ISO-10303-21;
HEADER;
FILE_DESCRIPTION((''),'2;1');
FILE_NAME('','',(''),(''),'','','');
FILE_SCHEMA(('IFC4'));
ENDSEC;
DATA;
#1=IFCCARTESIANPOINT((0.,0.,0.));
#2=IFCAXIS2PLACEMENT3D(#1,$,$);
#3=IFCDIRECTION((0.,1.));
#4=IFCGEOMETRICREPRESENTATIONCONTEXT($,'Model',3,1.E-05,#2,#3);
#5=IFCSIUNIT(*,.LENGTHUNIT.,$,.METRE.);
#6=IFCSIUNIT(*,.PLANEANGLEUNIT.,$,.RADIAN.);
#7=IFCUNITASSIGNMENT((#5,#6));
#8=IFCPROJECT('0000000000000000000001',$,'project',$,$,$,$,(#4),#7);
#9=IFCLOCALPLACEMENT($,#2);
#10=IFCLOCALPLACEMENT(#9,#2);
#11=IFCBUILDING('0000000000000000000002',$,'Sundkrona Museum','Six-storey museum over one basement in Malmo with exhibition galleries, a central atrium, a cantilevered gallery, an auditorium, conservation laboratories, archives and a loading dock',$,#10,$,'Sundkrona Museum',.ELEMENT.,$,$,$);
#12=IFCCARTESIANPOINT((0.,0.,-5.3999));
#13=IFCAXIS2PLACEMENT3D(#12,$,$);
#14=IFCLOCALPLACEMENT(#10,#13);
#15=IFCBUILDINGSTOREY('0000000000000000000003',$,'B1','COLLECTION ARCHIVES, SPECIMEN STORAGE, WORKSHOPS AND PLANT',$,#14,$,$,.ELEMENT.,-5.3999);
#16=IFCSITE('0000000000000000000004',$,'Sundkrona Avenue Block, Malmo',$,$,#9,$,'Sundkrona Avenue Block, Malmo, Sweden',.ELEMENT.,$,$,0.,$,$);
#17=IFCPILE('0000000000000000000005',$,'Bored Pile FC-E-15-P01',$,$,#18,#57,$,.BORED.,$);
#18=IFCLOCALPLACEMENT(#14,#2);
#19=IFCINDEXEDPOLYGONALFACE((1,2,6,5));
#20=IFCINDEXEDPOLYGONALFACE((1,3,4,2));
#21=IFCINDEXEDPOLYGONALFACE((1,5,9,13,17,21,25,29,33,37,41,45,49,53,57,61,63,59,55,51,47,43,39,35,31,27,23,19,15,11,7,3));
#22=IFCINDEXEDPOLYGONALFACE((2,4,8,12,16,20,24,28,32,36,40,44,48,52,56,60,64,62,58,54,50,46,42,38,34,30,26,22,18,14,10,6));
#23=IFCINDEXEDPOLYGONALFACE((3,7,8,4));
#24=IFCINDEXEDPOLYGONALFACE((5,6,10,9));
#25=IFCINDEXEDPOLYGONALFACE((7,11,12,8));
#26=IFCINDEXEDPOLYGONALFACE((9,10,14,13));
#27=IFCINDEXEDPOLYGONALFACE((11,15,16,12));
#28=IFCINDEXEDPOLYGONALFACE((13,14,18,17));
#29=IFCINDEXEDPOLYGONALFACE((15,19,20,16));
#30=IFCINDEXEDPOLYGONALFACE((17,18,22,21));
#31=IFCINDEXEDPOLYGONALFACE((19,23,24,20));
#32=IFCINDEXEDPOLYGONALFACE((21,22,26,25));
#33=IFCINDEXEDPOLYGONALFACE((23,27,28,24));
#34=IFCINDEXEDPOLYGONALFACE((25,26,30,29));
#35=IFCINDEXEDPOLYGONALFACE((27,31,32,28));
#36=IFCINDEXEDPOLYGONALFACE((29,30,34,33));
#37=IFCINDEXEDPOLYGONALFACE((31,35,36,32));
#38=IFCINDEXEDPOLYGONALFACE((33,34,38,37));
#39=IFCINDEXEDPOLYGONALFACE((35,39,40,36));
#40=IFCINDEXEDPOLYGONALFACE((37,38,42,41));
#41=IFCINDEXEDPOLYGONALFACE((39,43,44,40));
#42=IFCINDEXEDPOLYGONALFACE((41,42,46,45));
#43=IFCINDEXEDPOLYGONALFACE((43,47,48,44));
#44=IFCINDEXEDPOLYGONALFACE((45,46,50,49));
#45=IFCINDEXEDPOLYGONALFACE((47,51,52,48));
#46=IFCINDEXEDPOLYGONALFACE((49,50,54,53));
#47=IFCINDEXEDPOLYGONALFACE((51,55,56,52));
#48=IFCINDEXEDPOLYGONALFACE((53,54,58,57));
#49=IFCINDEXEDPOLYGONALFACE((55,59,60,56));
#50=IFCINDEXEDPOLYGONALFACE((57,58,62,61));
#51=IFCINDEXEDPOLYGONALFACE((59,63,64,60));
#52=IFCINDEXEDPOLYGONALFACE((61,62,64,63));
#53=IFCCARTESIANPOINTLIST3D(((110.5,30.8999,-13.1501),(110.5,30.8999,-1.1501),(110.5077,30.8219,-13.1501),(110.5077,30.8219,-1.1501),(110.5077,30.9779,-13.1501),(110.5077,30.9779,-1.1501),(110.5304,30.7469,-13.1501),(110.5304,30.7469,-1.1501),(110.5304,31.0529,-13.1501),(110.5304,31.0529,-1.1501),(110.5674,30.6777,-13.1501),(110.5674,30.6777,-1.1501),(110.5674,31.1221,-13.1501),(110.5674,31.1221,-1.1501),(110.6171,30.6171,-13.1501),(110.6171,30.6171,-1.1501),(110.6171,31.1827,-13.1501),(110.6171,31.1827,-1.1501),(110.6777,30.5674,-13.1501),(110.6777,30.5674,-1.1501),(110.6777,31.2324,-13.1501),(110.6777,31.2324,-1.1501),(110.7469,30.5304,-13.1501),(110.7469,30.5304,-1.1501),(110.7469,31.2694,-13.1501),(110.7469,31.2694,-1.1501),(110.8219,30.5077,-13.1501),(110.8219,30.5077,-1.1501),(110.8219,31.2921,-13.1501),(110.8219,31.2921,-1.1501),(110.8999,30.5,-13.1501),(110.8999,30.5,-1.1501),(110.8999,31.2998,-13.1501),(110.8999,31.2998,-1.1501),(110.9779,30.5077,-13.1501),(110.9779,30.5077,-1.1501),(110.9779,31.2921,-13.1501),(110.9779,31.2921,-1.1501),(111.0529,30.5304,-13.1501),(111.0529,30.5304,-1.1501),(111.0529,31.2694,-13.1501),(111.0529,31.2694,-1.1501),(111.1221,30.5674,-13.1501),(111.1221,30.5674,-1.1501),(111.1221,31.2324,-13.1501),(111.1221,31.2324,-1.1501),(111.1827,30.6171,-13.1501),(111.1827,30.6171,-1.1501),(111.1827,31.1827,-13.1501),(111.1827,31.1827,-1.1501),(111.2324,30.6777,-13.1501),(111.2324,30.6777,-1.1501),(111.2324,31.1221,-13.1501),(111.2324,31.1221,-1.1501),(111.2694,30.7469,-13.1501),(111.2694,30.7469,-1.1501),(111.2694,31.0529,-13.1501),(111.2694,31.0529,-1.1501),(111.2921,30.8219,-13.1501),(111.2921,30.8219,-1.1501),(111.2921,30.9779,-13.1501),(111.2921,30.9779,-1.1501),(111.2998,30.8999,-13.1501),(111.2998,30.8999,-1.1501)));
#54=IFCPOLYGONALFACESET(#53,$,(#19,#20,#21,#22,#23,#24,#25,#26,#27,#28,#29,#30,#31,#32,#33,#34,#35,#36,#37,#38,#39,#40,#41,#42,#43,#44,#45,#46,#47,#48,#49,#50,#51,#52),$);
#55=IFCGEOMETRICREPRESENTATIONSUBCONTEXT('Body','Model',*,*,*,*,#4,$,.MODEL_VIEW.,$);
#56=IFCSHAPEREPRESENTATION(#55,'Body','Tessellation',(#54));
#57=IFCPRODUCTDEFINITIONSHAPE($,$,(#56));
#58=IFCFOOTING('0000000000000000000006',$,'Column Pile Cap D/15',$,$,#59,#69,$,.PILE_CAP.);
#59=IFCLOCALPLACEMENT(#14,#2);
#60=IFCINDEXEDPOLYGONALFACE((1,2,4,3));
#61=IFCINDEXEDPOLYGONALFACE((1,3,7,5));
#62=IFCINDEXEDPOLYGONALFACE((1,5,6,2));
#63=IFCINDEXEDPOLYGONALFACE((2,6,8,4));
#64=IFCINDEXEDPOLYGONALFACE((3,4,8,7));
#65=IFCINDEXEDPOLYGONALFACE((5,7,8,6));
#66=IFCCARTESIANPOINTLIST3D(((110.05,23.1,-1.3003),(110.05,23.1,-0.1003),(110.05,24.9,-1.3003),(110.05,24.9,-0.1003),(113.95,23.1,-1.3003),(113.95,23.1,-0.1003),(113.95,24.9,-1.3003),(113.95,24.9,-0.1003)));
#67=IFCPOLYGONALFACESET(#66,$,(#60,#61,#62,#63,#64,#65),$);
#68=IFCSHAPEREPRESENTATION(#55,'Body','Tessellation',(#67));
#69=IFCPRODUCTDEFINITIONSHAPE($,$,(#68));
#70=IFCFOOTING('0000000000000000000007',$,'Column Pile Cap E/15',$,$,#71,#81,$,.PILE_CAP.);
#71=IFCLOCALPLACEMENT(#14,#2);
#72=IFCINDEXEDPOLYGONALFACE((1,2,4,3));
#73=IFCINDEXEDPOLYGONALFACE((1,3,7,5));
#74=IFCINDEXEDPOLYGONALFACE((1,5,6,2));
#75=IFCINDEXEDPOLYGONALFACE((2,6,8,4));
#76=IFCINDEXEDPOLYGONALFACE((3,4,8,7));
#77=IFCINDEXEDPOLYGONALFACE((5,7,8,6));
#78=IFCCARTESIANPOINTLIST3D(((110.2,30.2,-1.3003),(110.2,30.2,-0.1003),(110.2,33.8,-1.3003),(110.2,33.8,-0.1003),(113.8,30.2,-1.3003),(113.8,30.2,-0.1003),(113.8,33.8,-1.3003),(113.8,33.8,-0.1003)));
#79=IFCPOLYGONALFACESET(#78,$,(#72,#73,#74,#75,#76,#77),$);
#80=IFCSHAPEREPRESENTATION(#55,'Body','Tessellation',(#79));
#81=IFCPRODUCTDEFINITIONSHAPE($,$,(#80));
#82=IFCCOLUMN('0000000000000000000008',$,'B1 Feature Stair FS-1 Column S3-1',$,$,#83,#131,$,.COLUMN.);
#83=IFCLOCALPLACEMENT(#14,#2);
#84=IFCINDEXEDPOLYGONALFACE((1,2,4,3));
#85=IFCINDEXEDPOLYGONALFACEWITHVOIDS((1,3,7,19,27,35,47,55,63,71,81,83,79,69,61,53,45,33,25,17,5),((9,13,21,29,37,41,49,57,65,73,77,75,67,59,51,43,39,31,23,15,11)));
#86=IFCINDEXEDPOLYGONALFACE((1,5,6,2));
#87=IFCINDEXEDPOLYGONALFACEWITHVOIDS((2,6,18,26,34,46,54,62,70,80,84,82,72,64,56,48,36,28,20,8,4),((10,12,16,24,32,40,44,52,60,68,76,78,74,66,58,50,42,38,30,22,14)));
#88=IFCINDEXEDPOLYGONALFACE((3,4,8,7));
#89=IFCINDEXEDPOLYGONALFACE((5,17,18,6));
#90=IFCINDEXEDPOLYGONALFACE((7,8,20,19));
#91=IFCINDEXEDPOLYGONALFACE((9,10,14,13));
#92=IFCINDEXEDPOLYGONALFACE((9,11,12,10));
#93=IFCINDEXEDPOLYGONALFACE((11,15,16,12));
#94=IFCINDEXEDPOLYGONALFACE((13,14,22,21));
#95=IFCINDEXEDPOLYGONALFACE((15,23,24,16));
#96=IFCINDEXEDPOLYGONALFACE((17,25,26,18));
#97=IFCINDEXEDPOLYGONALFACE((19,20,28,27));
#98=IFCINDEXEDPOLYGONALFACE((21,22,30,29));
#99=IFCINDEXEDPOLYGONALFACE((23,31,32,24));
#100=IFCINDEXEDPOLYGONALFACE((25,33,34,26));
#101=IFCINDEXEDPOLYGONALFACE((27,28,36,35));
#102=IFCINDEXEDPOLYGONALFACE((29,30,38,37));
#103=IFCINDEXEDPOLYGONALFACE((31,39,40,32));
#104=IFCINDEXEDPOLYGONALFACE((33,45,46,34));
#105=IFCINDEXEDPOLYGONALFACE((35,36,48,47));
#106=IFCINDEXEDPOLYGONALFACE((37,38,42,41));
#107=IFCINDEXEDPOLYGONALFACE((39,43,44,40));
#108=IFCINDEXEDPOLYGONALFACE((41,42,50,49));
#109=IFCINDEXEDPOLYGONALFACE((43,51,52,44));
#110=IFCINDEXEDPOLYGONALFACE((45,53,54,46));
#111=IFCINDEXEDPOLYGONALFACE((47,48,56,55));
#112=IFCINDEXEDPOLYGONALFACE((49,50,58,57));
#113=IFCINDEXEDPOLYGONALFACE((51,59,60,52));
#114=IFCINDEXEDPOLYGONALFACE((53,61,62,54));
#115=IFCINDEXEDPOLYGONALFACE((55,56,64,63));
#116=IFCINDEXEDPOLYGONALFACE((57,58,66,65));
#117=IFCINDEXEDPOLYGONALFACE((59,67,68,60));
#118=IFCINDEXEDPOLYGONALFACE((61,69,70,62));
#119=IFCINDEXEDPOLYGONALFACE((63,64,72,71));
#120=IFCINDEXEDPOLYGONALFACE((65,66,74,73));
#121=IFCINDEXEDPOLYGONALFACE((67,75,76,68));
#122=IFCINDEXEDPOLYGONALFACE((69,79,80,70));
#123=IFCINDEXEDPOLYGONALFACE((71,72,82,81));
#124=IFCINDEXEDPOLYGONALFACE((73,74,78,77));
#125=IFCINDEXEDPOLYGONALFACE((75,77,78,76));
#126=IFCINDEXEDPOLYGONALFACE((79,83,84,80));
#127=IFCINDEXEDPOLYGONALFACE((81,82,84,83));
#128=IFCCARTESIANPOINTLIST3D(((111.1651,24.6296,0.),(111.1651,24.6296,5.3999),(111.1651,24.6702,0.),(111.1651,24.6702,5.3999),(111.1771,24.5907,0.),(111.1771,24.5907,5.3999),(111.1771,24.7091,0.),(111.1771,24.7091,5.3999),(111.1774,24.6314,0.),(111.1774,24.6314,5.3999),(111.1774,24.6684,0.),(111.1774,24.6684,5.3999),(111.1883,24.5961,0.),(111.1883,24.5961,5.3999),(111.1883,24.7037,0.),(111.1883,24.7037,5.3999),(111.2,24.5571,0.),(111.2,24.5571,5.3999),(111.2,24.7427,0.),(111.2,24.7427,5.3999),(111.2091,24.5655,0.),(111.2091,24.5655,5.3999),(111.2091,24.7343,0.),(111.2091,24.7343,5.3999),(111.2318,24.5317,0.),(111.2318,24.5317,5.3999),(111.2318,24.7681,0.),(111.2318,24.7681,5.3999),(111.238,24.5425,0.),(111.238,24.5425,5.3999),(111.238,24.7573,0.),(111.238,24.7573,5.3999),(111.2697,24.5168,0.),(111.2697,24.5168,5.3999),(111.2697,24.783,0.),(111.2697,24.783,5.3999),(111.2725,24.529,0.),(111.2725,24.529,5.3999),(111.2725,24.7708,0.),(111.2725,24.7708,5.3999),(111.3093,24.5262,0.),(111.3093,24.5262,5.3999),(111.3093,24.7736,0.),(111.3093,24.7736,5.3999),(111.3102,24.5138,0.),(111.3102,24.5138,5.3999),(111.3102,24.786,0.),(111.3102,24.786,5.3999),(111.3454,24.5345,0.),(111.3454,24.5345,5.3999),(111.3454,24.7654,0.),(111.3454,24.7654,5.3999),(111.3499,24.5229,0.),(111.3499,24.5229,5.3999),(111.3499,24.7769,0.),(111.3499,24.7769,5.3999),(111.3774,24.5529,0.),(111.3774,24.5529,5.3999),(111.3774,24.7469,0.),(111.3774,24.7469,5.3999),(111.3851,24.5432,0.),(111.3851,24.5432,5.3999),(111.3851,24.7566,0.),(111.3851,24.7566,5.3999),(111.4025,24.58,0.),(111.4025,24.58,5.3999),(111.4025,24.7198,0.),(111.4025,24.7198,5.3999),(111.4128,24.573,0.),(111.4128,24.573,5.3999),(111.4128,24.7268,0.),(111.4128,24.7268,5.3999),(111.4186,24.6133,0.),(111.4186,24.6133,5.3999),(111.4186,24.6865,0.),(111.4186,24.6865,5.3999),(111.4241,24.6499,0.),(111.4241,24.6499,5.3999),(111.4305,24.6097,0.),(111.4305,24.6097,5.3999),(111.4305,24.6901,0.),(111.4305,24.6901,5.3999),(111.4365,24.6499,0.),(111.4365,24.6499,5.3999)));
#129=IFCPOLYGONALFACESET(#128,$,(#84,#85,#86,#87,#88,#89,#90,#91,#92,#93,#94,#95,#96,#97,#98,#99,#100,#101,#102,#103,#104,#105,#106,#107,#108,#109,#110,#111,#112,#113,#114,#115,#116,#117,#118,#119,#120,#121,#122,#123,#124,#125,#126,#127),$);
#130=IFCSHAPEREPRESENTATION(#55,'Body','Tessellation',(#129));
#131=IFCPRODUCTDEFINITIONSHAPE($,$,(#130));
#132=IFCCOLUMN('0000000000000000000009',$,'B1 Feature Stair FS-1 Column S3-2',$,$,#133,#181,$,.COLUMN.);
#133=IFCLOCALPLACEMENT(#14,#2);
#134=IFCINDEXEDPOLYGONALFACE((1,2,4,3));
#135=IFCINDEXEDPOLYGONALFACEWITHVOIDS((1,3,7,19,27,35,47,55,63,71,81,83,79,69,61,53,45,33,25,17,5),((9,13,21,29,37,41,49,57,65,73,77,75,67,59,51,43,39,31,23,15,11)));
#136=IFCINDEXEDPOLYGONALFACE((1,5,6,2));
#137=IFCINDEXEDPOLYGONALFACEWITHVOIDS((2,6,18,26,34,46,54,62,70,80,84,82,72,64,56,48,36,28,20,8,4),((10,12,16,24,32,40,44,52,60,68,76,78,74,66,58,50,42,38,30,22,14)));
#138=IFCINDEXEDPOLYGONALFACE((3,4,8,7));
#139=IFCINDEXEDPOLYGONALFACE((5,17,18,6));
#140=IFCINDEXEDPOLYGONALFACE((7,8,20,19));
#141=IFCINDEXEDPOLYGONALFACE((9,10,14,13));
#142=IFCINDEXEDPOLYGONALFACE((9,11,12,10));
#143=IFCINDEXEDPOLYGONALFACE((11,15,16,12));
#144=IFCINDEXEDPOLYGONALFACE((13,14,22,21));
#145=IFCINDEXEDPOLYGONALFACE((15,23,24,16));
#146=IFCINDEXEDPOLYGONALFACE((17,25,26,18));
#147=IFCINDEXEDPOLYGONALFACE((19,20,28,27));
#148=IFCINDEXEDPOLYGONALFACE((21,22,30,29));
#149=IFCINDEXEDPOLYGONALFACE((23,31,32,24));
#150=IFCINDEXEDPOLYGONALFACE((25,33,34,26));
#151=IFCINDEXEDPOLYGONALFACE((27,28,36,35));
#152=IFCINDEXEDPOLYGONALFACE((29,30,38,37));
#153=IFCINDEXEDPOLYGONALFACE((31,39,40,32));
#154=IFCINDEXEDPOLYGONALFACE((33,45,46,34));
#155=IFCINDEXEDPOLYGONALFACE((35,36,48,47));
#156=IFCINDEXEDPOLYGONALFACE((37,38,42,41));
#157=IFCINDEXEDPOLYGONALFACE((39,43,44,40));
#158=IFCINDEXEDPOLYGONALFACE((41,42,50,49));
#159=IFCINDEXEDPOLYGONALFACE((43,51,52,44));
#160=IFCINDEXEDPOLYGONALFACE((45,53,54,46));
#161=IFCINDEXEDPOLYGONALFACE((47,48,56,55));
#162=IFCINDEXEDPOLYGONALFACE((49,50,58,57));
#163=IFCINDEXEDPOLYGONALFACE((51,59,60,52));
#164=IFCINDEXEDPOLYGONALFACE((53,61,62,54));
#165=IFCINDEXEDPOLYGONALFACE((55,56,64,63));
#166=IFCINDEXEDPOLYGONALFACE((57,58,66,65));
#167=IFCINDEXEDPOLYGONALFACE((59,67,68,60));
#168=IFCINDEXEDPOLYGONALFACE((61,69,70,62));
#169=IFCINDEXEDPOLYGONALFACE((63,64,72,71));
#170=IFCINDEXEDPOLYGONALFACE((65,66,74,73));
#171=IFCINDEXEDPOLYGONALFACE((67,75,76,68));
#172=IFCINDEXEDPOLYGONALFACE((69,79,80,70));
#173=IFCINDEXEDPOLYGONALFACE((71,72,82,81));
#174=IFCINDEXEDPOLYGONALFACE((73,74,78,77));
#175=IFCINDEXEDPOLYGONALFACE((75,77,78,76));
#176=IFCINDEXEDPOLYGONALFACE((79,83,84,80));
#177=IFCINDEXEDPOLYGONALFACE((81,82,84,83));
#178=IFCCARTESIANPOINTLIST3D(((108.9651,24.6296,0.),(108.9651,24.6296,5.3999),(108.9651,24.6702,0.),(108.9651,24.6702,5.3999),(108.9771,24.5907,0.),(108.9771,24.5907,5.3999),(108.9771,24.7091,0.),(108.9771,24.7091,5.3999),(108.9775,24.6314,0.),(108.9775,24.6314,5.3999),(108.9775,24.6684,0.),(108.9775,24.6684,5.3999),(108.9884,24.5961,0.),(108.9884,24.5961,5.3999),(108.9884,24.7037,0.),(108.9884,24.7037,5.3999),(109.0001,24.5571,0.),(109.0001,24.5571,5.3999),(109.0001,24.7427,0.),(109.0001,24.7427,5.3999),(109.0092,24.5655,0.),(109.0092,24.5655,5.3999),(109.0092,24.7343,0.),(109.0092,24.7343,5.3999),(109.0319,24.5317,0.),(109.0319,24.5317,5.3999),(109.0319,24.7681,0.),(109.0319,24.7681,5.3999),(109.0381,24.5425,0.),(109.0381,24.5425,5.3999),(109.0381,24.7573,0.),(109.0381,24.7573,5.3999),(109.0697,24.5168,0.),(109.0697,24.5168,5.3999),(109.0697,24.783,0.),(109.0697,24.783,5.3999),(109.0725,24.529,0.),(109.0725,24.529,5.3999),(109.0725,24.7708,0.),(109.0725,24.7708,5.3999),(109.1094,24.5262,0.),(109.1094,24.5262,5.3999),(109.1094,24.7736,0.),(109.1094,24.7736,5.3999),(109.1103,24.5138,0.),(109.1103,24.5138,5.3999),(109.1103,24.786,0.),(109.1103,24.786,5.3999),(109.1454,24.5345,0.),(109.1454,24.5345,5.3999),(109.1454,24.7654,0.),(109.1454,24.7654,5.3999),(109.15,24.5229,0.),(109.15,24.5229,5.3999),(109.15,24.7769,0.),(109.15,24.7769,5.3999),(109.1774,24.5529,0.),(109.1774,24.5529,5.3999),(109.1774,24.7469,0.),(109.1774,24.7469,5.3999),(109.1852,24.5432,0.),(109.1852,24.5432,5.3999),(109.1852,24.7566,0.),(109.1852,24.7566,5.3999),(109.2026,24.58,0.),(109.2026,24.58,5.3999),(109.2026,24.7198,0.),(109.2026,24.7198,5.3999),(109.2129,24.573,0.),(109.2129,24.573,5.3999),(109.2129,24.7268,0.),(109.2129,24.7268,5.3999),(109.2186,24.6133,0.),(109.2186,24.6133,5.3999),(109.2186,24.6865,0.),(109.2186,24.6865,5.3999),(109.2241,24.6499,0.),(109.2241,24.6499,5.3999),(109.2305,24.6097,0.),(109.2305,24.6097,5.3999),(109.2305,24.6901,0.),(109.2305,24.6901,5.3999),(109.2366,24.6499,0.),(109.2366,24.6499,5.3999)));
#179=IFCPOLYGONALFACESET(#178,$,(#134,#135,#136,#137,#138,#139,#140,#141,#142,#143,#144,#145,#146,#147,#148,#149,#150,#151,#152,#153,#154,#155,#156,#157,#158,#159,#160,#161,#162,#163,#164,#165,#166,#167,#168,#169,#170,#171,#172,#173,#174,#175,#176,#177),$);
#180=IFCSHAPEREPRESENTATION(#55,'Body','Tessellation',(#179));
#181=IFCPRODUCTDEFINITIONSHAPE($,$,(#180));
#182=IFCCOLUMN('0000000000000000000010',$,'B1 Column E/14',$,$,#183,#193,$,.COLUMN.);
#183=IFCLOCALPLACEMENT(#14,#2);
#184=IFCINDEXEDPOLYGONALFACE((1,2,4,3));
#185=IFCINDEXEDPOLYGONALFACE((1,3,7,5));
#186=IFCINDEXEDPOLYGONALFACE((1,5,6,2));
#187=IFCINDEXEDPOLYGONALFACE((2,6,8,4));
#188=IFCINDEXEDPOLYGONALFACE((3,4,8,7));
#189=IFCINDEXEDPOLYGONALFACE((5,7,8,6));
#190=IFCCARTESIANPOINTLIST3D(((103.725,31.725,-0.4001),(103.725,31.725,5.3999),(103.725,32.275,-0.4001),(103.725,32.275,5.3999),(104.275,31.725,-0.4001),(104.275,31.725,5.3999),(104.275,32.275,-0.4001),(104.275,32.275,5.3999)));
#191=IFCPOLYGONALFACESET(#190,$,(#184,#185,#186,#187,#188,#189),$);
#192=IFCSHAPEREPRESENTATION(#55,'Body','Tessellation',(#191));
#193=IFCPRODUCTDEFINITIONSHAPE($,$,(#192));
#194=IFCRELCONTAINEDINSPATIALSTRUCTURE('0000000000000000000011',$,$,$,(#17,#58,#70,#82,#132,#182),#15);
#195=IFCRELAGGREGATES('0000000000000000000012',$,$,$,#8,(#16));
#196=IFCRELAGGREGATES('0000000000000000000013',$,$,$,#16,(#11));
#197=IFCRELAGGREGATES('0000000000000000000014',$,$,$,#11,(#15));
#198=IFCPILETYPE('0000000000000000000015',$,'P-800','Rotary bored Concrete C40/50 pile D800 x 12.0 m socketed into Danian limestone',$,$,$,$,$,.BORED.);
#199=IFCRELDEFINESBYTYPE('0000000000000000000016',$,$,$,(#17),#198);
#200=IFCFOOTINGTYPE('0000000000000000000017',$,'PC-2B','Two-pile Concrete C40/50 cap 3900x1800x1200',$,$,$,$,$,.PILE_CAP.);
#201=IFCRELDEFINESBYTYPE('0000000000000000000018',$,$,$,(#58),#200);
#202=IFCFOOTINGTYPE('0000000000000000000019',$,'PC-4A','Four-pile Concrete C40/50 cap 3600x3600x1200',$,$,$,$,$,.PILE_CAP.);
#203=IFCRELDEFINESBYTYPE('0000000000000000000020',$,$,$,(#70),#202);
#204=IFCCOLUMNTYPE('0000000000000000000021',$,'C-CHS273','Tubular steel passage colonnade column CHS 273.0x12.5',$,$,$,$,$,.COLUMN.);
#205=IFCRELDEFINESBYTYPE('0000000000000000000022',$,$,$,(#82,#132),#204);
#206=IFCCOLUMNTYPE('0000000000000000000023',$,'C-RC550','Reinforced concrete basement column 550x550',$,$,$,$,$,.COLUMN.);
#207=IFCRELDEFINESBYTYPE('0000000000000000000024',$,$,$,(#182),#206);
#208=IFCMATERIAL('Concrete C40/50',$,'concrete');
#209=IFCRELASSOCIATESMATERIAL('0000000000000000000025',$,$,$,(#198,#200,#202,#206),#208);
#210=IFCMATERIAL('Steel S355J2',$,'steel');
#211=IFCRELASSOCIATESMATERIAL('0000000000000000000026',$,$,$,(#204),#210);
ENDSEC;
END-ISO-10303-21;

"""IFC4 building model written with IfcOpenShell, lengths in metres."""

from ifc_helpers import new_model, si_unit, direction, frame, origin, origin_2d, place, context, subcontext, project, spatial, rectangle, circle, hollow_circle, extrude, material, material_profile, profile_set, type_object, element, save


model = new_model("IFC4")

# Units and contexts
model_context = context("Model", 3, precision=1e-05, world=origin(), true_north=direction((0.0, 1.0)))
body_context = subcontext(model_context, "Body", "Model", "MODEL_VIEW")
ifc_project = project(units=[si_unit("LENGTHUNIT", "METRE"), si_unit("PLANEANGLEUNIT", "RADIAN")], contexts=[model_context])

# Site, building, storey
site_placement = place(None, origin())
site = spatial("IfcSite", under=ifc_project, at=site_placement, Name="Sundkrona Avenue Block, Malmo", LongName="Sundkrona Avenue Block, Malmo, Sweden", CompositionType="ELEMENT", RefElevation=0.0)
building_placement = place(site_placement, origin())
building = spatial("IfcBuilding", under=site, at=building_placement, Name="Sundkrona Museum", Description="Six-storey museum over one basement in Malmo with exhibition galleries, a central atrium, a cantilevered gallery, an auditorium, conservation laboratories, archives and a loading dock", LongName="Sundkrona Museum", CompositionType="ELEMENT")
storey_placement = place(building_placement, frame((0.0, 0.0, -5.3999)))
storey = spatial("IfcBuildingStorey", under=building, at=storey_placement, Name="B1", Description="COLLECTION ARCHIVES, SPECIMEN STORAGE, WORKSHOPS AND PLANT", CompositionType="ELEMENT", Elevation=-5.3999)

# Shared definitions
ifc_material_1 = material(Name="Concrete C40/50", Category="concrete")

# Pile
ifc_material_profile_1 = material_profile(ifc_material_1, circle(Radius=0.3999, at=origin_2d()), Name="PILE D800")
ifc_profile_set_1 = profile_set([ifc_material_profile_1], Name="Concrete C40/50")
pile_type = type_object("IfcPileType", Name="P-800", Description="Rotary bored Concrete C40/50 pile D800 x 12.0 m socketed into Danian limestone", PredefinedType="BORED", material=ifc_profile_set_1)
for number, where, z_axis, x_axis, name in (
    (1, (110.8999, 30.8999, -1.1501), (0.0, 0.0, -1.0), (1.0, 0.0, 0.0), "Bored Pile FC-E-15-P01"),
):
    element("IfcPile", number, at=place(storey_placement, frame(where, z_axis=z_axis, x_axis=x_axis)), inside=storey, type_object=pile_type, Name=name, PredefinedType="BORED", context=body_context, shape_type="SweptSolid", body=[
        extrude(circle(Radius=0.3999, at=origin_2d()), origin(), (0.0, 0.0, 1.0), 12.0),
    ])

# Footings
footing_type_1 = type_object("IfcFootingType", Name="PC-2B", Description="Two-pile Concrete C40/50 cap 3900x1800x1200", PredefinedType="PILE_CAP", material=ifc_material_1)
footing_1_placement = place(storey_placement, frame((112.0, 24.0, -1.3003), z_axis=(0.0, 0.0, 1.0), x_axis=(1.0, 0.0, 0.0)))
element("IfcFooting", 2, at=footing_1_placement, inside=storey, type_object=footing_type_1, Name="Column Pile Cap D/15", PredefinedType="PILE_CAP", context=body_context, shape_type="SweptSolid", body=[
    extrude(rectangle(XDim=3.8999, YDim=1.8, at=origin_2d()), origin(), (0.0, 0.0, 1.0), 1.2),
])
footing_type_2 = type_object("IfcFootingType", Name="PC-4A", Description="Four-pile Concrete C40/50 cap 3600x3600x1200", PredefinedType="PILE_CAP", material=ifc_material_1)
footing_2_placement = place(storey_placement, frame((112.0, 32.0, -1.3003), z_axis=(0.0, 0.0, 1.0), x_axis=(1.0, 0.0, 0.0)))
element("IfcFooting", 3, at=footing_2_placement, inside=storey, type_object=footing_type_2, Name="Column Pile Cap E/15", PredefinedType="PILE_CAP", context=body_context, shape_type="SweptSolid", body=[
    extrude(rectangle(XDim=3.6001, YDim=3.6001, at=origin_2d()), origin(), (0.0, 0.0, 1.0), 1.2),
])

# Columns
ifc_material_2 = material(Name="Steel S355J2", Category="steel")
ifc_material_profile_2 = material_profile(ifc_material_2, hollow_circle(Radius=0.1365, WallThickness=0.0125, at=origin_2d()), Name="CHS 273.0x12.5")
ifc_profile_set_2 = profile_set([ifc_material_profile_2], Name="Steel S355J2")
column_type_1 = type_object("IfcColumnType", Name="C-CHS273", Description="Tubular steel passage colonnade column CHS 273.0x12.5", PredefinedType="COLUMN", material=ifc_profile_set_2)
for number, where, z_axis, x_axis, name in (
    (4, (111.3, 24.6499, 0.0), (0.0, 0.0, 1.0), (1.0, 0.0, 0.0), "B1 Feature Stair FS-1 Column S3-1"),
    (5, (109.1001, 24.6499, 0.0), (0.0, 0.0, 1.0), (1.0, 0.0, 0.0), "B1 Feature Stair FS-1 Column S3-2"),
):
    element("IfcColumn", number, at=place(storey_placement, frame(where, z_axis=z_axis, x_axis=x_axis)), inside=storey, type_object=column_type_1, Name=name, PredefinedType="COLUMN", context=body_context, shape_type="SweptSolid", body=[
        extrude(hollow_circle(Radius=0.1365, WallThickness=0.0125, at=origin_2d()), origin(), (0.0, 0.0, 1.0), 5.3999),
    ])
ifc_material_profile_3 = material_profile(ifc_material_1, rectangle(XDim=0.55, YDim=0.55, at=origin_2d()), Name="RC 550x550")
ifc_profile_set_3 = profile_set([ifc_material_profile_3], Name="Concrete C40/50")
column_type_2 = type_object("IfcColumnType", Name="C-RC550", Description="Reinforced concrete basement column 550x550", PredefinedType="COLUMN", material=ifc_profile_set_3)
for number, where, z_axis, x_axis, name in (
    (6, (104.0, 32.0, -0.4001), (0.0, 0.0, 1.0), (1.0, 0.0, 0.0), "B1 Column E/14"),
):
    element("IfcColumn", number, at=place(storey_placement, frame(where, z_axis=z_axis, x_axis=x_axis)), inside=storey, type_object=column_type_2, Name=name, PredefinedType="COLUMN", context=body_context, shape_type="SweptSolid", body=[
        extrude(rectangle(XDim=0.55, YDim=0.55, at=origin_2d()), origin(), (0.0, 0.0, 1.0), 5.8),
    ])

save(model, "model.ifc")
